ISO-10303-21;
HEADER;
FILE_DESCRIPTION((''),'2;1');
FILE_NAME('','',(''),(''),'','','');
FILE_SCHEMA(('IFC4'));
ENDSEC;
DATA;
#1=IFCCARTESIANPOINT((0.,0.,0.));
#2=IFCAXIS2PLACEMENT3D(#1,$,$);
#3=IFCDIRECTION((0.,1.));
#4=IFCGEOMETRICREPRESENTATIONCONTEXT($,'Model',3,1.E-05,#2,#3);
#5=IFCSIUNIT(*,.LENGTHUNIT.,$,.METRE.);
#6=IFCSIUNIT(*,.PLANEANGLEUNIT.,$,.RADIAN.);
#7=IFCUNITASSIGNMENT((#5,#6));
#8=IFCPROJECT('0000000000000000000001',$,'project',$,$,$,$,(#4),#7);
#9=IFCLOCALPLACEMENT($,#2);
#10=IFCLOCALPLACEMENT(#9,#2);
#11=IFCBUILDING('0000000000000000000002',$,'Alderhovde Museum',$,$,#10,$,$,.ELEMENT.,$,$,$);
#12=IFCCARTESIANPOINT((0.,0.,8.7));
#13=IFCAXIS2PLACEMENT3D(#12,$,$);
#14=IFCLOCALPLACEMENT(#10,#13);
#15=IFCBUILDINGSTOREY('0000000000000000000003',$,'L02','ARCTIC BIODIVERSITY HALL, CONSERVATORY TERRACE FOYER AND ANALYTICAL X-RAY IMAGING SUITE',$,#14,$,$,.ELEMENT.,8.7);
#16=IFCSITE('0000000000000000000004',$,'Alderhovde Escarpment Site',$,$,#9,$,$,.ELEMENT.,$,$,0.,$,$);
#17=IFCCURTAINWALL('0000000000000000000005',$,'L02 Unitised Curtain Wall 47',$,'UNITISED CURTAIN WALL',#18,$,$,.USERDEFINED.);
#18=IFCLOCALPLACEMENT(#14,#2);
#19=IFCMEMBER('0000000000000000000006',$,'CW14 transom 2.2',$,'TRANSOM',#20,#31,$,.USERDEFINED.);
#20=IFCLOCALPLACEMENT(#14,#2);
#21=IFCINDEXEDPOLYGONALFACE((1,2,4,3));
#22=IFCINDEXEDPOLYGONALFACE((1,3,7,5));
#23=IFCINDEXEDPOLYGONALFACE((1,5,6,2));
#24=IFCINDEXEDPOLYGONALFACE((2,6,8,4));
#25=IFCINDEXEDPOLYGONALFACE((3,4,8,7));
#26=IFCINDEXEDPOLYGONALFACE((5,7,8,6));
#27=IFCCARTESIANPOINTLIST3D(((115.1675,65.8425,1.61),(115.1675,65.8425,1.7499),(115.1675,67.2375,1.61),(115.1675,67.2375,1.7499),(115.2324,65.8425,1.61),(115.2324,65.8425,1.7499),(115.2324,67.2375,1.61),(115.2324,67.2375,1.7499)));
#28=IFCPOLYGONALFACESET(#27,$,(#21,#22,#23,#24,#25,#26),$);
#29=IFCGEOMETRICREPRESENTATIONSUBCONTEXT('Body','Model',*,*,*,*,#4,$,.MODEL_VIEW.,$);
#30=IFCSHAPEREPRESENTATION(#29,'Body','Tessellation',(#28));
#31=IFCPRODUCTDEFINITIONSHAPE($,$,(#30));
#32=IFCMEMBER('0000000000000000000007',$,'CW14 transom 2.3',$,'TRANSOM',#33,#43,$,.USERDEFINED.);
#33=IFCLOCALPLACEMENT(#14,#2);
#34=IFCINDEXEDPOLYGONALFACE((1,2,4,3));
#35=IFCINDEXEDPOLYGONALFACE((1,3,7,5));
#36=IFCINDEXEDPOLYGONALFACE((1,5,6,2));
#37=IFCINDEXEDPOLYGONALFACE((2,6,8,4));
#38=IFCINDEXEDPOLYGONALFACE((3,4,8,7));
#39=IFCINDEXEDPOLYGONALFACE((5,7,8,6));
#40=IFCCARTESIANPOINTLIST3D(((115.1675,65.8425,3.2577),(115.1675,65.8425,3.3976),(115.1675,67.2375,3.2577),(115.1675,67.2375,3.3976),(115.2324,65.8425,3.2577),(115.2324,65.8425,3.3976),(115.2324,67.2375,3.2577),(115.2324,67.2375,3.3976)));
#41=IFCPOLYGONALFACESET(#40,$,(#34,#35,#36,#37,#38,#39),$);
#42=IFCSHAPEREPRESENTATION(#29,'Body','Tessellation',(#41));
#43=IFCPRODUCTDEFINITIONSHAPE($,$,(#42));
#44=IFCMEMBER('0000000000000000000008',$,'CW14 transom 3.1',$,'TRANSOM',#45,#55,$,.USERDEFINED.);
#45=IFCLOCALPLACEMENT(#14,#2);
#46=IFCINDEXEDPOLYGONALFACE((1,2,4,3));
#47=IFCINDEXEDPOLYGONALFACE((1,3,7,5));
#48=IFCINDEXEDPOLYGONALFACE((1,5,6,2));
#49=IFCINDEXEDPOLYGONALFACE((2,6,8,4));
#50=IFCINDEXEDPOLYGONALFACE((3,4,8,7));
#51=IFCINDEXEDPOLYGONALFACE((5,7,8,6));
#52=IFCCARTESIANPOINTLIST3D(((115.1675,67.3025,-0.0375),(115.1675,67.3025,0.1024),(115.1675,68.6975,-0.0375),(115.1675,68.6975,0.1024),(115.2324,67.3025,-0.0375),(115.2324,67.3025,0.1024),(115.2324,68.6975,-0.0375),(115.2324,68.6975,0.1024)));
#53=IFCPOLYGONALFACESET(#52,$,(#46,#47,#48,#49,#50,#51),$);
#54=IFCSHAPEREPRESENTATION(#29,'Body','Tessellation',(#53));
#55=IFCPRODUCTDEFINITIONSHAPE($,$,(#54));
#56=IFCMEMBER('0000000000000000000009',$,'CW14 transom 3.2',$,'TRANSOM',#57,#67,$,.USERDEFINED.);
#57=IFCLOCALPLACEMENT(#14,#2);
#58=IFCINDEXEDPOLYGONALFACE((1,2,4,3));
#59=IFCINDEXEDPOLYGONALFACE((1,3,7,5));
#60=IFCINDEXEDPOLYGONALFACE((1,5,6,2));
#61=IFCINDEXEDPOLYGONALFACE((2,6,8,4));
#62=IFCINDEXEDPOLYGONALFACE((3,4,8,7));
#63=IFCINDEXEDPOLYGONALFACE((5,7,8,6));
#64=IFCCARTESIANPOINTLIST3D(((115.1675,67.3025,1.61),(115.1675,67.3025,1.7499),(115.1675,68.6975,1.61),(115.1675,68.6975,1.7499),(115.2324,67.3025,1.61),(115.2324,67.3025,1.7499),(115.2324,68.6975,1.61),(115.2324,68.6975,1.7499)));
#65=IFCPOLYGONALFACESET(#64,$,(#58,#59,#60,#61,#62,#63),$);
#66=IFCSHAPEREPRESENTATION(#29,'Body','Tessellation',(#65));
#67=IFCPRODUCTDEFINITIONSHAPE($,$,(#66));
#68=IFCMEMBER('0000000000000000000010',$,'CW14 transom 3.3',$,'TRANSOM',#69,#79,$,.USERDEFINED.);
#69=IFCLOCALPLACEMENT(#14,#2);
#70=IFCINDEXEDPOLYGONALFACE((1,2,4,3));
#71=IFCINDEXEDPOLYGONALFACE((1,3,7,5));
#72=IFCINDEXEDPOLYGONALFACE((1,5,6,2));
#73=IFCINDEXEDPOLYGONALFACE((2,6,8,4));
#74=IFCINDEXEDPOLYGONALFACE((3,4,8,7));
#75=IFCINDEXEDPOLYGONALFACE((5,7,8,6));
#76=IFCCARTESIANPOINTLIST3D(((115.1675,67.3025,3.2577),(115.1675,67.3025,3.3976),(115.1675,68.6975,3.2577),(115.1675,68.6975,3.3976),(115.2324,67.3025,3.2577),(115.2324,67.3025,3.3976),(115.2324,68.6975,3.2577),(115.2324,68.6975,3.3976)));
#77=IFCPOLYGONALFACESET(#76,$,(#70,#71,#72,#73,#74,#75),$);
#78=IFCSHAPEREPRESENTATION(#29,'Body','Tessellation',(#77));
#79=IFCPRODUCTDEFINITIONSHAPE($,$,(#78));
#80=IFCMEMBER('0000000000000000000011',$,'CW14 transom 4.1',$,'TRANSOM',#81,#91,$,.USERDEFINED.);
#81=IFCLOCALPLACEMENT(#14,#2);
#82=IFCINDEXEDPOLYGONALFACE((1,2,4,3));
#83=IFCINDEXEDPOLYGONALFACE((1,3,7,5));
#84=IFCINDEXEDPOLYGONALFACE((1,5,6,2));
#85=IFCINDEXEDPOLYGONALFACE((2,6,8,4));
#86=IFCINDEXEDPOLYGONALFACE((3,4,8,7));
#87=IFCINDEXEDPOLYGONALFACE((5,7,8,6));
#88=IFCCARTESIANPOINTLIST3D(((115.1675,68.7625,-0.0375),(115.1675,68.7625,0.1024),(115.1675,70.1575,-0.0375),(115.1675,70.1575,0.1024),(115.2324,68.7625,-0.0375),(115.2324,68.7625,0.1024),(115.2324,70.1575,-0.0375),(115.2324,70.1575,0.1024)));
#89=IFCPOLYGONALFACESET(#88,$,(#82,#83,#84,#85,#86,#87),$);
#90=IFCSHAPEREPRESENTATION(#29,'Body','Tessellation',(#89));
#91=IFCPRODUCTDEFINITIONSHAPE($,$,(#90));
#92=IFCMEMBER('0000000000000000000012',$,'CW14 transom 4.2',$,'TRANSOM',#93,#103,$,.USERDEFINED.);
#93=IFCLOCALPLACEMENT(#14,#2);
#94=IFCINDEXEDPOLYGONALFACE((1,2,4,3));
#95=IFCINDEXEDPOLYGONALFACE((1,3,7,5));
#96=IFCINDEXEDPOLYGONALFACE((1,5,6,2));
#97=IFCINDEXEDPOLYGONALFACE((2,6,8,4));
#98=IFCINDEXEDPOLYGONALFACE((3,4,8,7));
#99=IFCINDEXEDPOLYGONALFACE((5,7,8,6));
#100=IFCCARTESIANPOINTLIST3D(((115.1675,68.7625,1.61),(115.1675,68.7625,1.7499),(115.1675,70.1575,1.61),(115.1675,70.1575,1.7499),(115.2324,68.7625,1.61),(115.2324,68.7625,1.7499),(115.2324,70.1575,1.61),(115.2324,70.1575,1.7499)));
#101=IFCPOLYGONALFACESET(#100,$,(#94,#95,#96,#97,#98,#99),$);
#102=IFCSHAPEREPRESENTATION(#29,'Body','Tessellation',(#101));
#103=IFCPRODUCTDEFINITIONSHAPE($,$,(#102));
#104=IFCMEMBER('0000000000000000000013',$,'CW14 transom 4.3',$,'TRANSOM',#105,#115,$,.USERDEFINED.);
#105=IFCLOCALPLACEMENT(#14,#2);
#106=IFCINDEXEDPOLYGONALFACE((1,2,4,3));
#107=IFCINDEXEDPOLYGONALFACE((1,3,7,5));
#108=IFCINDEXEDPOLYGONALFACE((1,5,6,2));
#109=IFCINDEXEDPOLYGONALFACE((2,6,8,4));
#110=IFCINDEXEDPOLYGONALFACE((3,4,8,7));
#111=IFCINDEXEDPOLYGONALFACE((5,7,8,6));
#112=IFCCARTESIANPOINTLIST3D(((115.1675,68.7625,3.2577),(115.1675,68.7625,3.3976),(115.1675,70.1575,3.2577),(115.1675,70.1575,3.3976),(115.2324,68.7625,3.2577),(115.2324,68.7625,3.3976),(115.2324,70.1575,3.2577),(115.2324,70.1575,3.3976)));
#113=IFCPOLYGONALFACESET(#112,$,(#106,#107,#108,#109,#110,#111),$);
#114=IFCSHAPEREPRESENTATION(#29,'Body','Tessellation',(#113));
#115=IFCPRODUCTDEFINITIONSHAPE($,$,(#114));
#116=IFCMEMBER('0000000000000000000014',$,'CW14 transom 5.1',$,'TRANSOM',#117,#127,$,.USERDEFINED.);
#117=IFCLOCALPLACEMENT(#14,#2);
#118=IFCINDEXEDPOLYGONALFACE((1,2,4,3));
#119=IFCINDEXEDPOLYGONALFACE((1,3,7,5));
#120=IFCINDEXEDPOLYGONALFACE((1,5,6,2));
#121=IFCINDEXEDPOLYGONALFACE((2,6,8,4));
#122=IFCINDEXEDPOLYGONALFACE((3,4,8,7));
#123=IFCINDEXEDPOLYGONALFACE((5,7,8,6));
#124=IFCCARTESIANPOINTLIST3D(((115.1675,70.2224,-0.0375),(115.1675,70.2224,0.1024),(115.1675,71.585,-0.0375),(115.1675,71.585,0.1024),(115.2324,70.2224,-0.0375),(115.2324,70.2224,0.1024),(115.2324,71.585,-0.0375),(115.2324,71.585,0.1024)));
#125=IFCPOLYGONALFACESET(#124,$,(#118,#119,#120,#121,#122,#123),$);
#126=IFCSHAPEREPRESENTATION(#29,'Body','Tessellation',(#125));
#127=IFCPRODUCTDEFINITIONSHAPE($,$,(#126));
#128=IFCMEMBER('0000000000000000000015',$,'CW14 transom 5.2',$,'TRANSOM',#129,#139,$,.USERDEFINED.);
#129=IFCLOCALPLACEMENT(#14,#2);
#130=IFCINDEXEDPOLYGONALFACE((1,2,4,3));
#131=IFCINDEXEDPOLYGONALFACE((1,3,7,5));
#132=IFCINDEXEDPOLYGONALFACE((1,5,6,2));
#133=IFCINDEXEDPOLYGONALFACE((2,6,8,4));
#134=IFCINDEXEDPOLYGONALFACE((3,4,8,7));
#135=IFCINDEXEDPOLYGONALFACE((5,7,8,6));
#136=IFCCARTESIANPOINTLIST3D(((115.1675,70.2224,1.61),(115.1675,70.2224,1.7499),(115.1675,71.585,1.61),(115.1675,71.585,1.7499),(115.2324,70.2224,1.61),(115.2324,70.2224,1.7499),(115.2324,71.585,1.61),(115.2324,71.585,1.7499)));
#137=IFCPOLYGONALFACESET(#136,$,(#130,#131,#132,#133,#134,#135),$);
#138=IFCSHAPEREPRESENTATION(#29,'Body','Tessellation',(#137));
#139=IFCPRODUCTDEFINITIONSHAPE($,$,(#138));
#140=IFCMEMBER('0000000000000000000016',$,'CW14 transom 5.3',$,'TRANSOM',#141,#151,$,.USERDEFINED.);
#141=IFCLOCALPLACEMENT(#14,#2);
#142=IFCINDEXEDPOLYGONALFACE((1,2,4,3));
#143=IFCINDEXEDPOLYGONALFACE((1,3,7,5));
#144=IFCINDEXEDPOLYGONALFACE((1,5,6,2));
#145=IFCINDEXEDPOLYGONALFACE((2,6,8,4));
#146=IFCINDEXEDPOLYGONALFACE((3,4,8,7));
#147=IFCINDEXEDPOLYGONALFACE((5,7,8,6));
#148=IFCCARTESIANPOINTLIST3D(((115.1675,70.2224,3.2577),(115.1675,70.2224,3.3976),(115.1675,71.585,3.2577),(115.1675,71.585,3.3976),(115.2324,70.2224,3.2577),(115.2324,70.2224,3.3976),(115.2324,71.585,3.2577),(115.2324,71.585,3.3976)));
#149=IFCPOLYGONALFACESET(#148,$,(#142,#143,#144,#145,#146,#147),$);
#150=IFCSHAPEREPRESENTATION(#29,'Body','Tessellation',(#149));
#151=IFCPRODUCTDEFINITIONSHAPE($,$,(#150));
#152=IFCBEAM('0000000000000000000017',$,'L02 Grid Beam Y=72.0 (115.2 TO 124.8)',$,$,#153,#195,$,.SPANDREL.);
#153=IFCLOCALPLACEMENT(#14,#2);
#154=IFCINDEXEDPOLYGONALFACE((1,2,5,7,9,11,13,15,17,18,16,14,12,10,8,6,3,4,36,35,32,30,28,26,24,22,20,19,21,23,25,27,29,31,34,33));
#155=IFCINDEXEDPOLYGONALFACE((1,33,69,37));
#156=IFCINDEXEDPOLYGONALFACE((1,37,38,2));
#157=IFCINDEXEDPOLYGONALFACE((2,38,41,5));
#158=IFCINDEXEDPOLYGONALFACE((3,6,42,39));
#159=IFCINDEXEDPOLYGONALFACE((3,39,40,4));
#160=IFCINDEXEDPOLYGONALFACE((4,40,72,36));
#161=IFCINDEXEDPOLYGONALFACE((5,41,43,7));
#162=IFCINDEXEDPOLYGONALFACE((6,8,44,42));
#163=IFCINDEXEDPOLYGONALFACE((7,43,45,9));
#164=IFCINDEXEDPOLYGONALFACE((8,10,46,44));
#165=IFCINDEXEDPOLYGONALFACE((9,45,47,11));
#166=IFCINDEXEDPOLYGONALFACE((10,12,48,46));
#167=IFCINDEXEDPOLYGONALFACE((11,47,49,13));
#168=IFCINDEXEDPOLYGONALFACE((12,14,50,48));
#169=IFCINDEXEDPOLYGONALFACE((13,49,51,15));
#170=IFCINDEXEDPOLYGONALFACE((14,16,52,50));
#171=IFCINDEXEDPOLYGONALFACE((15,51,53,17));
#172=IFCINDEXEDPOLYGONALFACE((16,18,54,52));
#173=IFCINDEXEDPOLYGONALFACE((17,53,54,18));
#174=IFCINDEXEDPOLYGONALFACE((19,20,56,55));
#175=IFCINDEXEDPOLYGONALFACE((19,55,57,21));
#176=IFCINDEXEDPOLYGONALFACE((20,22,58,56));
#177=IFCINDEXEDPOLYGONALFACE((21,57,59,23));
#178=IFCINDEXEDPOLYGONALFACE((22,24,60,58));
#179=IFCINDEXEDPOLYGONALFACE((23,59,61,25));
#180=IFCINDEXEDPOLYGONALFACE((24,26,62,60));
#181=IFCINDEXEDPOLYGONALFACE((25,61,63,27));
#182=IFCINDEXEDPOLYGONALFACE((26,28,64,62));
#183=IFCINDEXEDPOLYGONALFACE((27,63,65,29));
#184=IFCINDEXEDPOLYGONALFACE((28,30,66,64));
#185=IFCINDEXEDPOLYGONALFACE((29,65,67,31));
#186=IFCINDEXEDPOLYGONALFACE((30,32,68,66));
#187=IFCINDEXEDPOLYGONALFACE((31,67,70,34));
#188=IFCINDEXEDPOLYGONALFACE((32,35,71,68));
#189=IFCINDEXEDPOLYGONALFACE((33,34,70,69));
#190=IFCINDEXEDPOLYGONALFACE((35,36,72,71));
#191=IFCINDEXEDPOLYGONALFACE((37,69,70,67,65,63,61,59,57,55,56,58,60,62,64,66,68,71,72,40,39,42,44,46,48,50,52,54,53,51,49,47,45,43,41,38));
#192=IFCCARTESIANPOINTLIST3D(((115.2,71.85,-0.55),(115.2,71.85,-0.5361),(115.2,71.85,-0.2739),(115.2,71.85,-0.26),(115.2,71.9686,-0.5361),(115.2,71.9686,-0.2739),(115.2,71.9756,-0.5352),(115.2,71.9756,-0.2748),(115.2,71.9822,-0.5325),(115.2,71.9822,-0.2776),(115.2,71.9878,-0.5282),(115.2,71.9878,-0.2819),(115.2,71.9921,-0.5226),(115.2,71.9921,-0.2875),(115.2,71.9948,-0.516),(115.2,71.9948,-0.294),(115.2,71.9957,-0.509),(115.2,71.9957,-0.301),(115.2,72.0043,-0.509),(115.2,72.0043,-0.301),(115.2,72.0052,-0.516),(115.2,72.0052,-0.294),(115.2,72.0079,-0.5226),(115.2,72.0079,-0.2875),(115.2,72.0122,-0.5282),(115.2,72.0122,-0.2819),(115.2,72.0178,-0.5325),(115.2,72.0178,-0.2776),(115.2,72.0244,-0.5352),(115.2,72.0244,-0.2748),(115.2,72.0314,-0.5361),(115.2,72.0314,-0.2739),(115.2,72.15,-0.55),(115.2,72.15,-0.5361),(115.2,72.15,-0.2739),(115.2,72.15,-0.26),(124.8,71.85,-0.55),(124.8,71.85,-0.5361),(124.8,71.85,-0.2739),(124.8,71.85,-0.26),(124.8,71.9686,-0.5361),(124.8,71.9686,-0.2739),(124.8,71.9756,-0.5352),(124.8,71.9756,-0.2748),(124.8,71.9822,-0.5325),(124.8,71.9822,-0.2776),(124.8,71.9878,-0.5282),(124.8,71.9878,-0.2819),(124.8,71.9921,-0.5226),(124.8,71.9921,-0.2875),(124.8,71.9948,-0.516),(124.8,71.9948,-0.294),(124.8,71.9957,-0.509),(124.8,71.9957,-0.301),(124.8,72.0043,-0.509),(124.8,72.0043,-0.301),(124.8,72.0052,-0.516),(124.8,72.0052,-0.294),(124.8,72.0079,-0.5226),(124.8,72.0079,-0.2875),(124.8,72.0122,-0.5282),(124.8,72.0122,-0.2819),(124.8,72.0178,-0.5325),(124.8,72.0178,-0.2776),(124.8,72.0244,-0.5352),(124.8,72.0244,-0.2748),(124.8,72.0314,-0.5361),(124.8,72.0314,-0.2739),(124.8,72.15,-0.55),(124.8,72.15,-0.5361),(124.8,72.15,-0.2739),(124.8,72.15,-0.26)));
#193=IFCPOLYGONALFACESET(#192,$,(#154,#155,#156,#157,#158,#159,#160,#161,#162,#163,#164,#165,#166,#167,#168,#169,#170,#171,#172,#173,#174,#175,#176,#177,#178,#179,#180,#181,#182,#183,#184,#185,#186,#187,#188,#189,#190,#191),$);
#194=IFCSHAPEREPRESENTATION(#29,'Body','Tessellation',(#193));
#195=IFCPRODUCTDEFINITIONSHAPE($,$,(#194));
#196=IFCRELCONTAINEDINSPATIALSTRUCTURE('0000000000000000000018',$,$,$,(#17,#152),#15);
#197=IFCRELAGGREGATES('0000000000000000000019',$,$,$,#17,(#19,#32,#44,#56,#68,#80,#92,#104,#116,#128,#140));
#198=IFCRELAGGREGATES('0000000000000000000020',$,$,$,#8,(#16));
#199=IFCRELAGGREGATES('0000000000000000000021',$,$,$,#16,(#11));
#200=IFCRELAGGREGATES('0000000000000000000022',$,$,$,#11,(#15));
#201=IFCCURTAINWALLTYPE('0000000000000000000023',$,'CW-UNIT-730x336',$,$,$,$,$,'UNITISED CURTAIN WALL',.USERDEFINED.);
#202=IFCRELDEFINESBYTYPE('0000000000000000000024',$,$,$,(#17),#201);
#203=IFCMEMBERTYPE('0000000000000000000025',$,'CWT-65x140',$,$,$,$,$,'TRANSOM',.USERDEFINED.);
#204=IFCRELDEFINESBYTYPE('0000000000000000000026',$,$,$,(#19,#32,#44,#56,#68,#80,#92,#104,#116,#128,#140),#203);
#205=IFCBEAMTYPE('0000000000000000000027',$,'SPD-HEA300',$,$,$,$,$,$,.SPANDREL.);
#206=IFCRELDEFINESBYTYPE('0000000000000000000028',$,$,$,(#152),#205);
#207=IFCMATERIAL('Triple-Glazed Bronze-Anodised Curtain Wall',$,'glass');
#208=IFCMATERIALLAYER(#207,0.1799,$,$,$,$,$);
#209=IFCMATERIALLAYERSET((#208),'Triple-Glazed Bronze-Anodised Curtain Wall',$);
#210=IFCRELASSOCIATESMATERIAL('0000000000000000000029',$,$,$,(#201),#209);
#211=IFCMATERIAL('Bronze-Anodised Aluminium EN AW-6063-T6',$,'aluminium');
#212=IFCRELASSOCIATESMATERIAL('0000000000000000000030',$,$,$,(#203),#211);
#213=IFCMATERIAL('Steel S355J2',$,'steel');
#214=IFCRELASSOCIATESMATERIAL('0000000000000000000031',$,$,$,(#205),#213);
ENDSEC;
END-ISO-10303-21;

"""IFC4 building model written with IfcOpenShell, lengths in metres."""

from ifc_helpers import new_model, si_unit, direction, frame, origin, origin_2d, place, context, subcontext, project, spatial, rectangle, i_section, extrude, material, layer, layer_set, material_profile, profile_set, type_object, element, aggregate, save


model = new_model("IFC4")

# Units and contexts
model_context = context("Model", 3, precision=1e-05, world=origin(), true_north=direction((0.0, 1.0)))
body_context = subcontext(model_context, "Body", "Model", "MODEL_VIEW")
ifc_project = project(units=[si_unit("LENGTHUNIT", "METRE"), si_unit("PLANEANGLEUNIT", "RADIAN")], contexts=[model_context])

# Site, building, storey
site_placement = place(None, origin())
site = spatial("IfcSite", under=ifc_project, at=site_placement, Name="Alderhovde Escarpment Site", CompositionType="ELEMENT", RefElevation=0.0)
building_placement = place(site_placement, origin())
building = spatial("IfcBuilding", under=site, at=building_placement, Name="Alderhovde Museum", CompositionType="ELEMENT")
storey_placement = place(building_placement, frame((0.0, 0.0, 8.7)))
storey = spatial("IfcBuildingStorey", under=building, at=storey_placement, Name="L02", Description="ARCTIC BIODIVERSITY HALL, CONSERVATORY TERRACE FOYER AND ANALYTICAL X-RAY IMAGING SUITE", CompositionType="ELEMENT", Elevation=8.7)

# Curtain wall, members
ifc_material_1 = material(Name="Triple-Glazed Bronze-Anodised Curtain Wall", Category="glass")
ifc_layer_1 = layer(ifc_material_1, 0.1799)
ifc_layer_set_1 = layer_set([ifc_layer_1], Name="Triple-Glazed Bronze-Anodised Curtain Wall")
curtain_wall_type = type_object("IfcCurtainWallType", Name="CW-UNIT-730x336", ElementType="UNITISED CURTAIN WALL", PredefinedType="USERDEFINED", material=ifc_layer_set_1)
curtain_wall_placement = place(storey_placement, origin())
curtain_wall = element("IfcCurtainWall", 1, at=curtain_wall_placement, inside=storey, type_object=curtain_wall_type, Name="L02 Unitised Curtain Wall 47", ObjectType="UNITISED CURTAIN WALL", PredefinedType="USERDEFINED")
ifc_material_2 = material(Name="Bronze-Anodised Aluminium EN AW-6063-T6", Category="aluminium")
ifc_material_profile_1 = material_profile(ifc_material_2, rectangle(XDim=0.0649, YDim=0.1399, at=origin_2d()), Name="TRANSOM 65x140")
ifc_profile_set_1 = profile_set([ifc_material_profile_1], Name="Bronze-Anodised Aluminium EN AW-6063-T6")
member_type_1 = type_object("IfcMemberType", Name="CWT-65x140", ElementType="TRANSOM", PredefinedType="USERDEFINED", material=ifc_profile_set_1)
member_1_placement = place(storey_placement, frame((115.2, 65.8425, 1.6799), z_axis=(0.0, 1.0, 0.0), x_axis=(-1.0, 0.0, 0.0)))
member_1 = element("IfcMember", 2, at=member_1_placement, type_object=member_type_1, Name="CW14 transom 2.2", ObjectType="TRANSOM", PredefinedType="USERDEFINED", context=body_context, shape_type="SweptSolid", body=[
    extrude(rectangle(XDim=0.0649, YDim=0.1399, at=origin_2d()), origin(), (0.0, 0.0, 1.0), 1.395),
])
member_2_placement = place(storey_placement, frame((115.2, 65.8425, 3.3276), z_axis=(0.0, 1.0, 0.0), x_axis=(-1.0, 0.0, 0.0)))
member_2 = element("IfcMember", 3, at=member_2_placement, type_object=member_type_1, Name="CW14 transom 2.3", ObjectType="TRANSOM", PredefinedType="USERDEFINED", context=body_context, shape_type="SweptSolid", body=[
    extrude(rectangle(XDim=0.0649, YDim=0.1399, at=origin_2d()), origin(), (0.0, 0.0, 1.0), 1.395),
])
member_3_placement = place(storey_placement, frame((115.2, 67.3025, 0.0325), z_axis=(0.0, 1.0, 0.0), x_axis=(-1.0, 0.0, 0.0)))
member_3 = element("IfcMember", 4, at=member_3_placement, type_object=member_type_1, Name="CW14 transom 3.1", ObjectType="TRANSOM", PredefinedType="USERDEFINED", context=body_context, shape_type="SweptSolid", body=[
    extrude(rectangle(XDim=0.0649, YDim=0.1399, at=origin_2d()), origin(), (0.0, 0.0, 1.0), 1.395),
])
member_4_placement = place(storey_placement, frame((115.2, 67.3025, 1.6799), z_axis=(0.0, 1.0, 0.0), x_axis=(-1.0, 0.0, 0.0)))
member_4 = element("IfcMember", 5, at=member_4_placement, type_object=member_type_1, Name="CW14 transom 3.2", ObjectType="TRANSOM", PredefinedType="USERDEFINED", context=body_context, shape_type="SweptSolid", body=[
    extrude(rectangle(XDim=0.0649, YDim=0.1399, at=origin_2d()), origin(), (0.0, 0.0, 1.0), 1.395),
])
member_5_placement = place(storey_placement, frame((115.2, 67.3025, 3.3276), z_axis=(0.0, 1.0, 0.0), x_axis=(-1.0, 0.0, 0.0)))
member_5 = element("IfcMember", 6, at=member_5_placement, type_object=member_type_1, Name="CW14 transom 3.3", ObjectType="TRANSOM", PredefinedType="USERDEFINED", context=body_context, shape_type="SweptSolid", body=[
    extrude(rectangle(XDim=0.0649, YDim=0.1399, at=origin_2d()), origin(), (0.0, 0.0, 1.0), 1.395),
])
member_6_placement = place(storey_placement, frame((115.2, 68.7625, 0.0325), z_axis=(0.0, 1.0, 0.0), x_axis=(-1.0, 0.0, 0.0)))
member_6 = element("IfcMember", 7, at=member_6_placement, type_object=member_type_1, Name="CW14 transom 4.1", ObjectType="TRANSOM", PredefinedType="USERDEFINED", context=body_context, shape_type="SweptSolid", body=[
    extrude(rectangle(XDim=0.0649, YDim=0.1399, at=origin_2d()), origin(), (0.0, 0.0, 1.0), 1.395),
])
member_7_placement = place(storey_placement, frame((115.2, 68.7625, 1.6799), z_axis=(0.0, 1.0, 0.0), x_axis=(-1.0, 0.0, 0.0)))
member_7 = element("IfcMember", 8, at=member_7_placement, type_object=member_type_1, Name="CW14 transom 4.2", ObjectType="TRANSOM", PredefinedType="USERDEFINED", context=body_context, shape_type="SweptSolid", body=[
    extrude(rectangle(XDim=0.0649, YDim=0.1399, at=origin_2d()), origin(), (0.0, 0.0, 1.0), 1.395),
])
member_8_placement = place(storey_placement, frame((115.2, 68.7625, 3.3276), z_axis=(0.0, 1.0, 0.0), x_axis=(-1.0, 0.0, 0.0)))
member_8 = element("IfcMember", 9, at=member_8_placement, type_object=member_type_1, Name="CW14 transom 4.3", ObjectType="TRANSOM", PredefinedType="USERDEFINED", context=body_context, shape_type="SweptSolid", body=[
    extrude(rectangle(XDim=0.0649, YDim=0.1399, at=origin_2d()), origin(), (0.0, 0.0, 1.0), 1.395),
])
member_9_placement = place(storey_placement, frame((115.2, 70.2224, 0.0325), z_axis=(0.0, 1.0, 0.0), x_axis=(-1.0, 0.0, 0.0)))
member_9 = element("IfcMember", 10, at=member_9_placement, type_object=member_type_1, Name="CW14 transom 5.1", ObjectType="TRANSOM", PredefinedType="USERDEFINED", context=body_context, shape_type="SweptSolid", body=[
    extrude(rectangle(XDim=0.0649, YDim=0.1399, at=origin_2d()), origin(), (0.0, 0.0, 1.0), 1.3625),
])
member_10_placement = place(storey_placement, frame((115.2, 70.2224, 1.6799), z_axis=(0.0, 1.0, 0.0), x_axis=(-1.0, 0.0, 0.0)))
member_10 = element("IfcMember", 11, at=member_10_placement, type_object=member_type_1, Name="CW14 transom 5.2", ObjectType="TRANSOM", PredefinedType="USERDEFINED", context=body_context, shape_type="SweptSolid", body=[
    extrude(rectangle(XDim=0.0649, YDim=0.1399, at=origin_2d()), origin(), (0.0, 0.0, 1.0), 1.3625),
])
member_11_placement = place(storey_placement, frame((115.2, 70.2224, 3.3276), z_axis=(0.0, 1.0, 0.0), x_axis=(-1.0, 0.0, 0.0)))
member_11 = element("IfcMember", 12, at=member_11_placement, type_object=member_type_1, Name="CW14 transom 5.3", ObjectType="TRANSOM", PredefinedType="USERDEFINED", context=body_context, shape_type="SweptSolid", body=[
    extrude(rectangle(XDim=0.0649, YDim=0.1399, at=origin_2d()), origin(), (0.0, 0.0, 1.0), 1.3625),
])

# Beam
ifc_material_3 = material(Name="Steel S355J2", Category="steel")
ifc_material_profile_2 = material_profile(ifc_material_3, i_section(OverallWidth=0.3, OverallDepth=0.29, WebThickness=0.0085, FlangeThickness=0.0139, FilletRadius=0.0271, at=origin_2d()), Name="HEA 300")
ifc_profile_set_2 = profile_set([ifc_material_profile_2], Name="Steel S355J2")
beam_type_1 = type_object("IfcBeamType", Name="SPD-HEA300", PredefinedType="SPANDREL", material=ifc_profile_set_2)
beam_1_placement = place(storey_placement, frame((115.2, 72.0, -0.405), z_axis=(1.0, 0.0, 0.0), x_axis=(0.0, 1.0, 0.0)))
element("IfcBeam", 13, at=beam_1_placement, inside=storey, type_object=beam_type_1, Name="L02 Grid Beam Y=72.0 (115.2 TO 124.8)", PredefinedType="SPANDREL", context=body_context, shape_type="SweptSolid", body=[
    extrude(i_section(OverallWidth=0.3, OverallDepth=0.29, WebThickness=0.0085, FlangeThickness=0.0139, FilletRadius=0.0271, at=origin_2d()), origin(), (0.0, 0.0, 1.0), 9.6001),
])

aggregate(curtain_wall, [member_1, member_2, member_3, member_4, member_5, member_6, member_7, member_8, member_9, member_10, member_11])

save(model, "model.ifc")
